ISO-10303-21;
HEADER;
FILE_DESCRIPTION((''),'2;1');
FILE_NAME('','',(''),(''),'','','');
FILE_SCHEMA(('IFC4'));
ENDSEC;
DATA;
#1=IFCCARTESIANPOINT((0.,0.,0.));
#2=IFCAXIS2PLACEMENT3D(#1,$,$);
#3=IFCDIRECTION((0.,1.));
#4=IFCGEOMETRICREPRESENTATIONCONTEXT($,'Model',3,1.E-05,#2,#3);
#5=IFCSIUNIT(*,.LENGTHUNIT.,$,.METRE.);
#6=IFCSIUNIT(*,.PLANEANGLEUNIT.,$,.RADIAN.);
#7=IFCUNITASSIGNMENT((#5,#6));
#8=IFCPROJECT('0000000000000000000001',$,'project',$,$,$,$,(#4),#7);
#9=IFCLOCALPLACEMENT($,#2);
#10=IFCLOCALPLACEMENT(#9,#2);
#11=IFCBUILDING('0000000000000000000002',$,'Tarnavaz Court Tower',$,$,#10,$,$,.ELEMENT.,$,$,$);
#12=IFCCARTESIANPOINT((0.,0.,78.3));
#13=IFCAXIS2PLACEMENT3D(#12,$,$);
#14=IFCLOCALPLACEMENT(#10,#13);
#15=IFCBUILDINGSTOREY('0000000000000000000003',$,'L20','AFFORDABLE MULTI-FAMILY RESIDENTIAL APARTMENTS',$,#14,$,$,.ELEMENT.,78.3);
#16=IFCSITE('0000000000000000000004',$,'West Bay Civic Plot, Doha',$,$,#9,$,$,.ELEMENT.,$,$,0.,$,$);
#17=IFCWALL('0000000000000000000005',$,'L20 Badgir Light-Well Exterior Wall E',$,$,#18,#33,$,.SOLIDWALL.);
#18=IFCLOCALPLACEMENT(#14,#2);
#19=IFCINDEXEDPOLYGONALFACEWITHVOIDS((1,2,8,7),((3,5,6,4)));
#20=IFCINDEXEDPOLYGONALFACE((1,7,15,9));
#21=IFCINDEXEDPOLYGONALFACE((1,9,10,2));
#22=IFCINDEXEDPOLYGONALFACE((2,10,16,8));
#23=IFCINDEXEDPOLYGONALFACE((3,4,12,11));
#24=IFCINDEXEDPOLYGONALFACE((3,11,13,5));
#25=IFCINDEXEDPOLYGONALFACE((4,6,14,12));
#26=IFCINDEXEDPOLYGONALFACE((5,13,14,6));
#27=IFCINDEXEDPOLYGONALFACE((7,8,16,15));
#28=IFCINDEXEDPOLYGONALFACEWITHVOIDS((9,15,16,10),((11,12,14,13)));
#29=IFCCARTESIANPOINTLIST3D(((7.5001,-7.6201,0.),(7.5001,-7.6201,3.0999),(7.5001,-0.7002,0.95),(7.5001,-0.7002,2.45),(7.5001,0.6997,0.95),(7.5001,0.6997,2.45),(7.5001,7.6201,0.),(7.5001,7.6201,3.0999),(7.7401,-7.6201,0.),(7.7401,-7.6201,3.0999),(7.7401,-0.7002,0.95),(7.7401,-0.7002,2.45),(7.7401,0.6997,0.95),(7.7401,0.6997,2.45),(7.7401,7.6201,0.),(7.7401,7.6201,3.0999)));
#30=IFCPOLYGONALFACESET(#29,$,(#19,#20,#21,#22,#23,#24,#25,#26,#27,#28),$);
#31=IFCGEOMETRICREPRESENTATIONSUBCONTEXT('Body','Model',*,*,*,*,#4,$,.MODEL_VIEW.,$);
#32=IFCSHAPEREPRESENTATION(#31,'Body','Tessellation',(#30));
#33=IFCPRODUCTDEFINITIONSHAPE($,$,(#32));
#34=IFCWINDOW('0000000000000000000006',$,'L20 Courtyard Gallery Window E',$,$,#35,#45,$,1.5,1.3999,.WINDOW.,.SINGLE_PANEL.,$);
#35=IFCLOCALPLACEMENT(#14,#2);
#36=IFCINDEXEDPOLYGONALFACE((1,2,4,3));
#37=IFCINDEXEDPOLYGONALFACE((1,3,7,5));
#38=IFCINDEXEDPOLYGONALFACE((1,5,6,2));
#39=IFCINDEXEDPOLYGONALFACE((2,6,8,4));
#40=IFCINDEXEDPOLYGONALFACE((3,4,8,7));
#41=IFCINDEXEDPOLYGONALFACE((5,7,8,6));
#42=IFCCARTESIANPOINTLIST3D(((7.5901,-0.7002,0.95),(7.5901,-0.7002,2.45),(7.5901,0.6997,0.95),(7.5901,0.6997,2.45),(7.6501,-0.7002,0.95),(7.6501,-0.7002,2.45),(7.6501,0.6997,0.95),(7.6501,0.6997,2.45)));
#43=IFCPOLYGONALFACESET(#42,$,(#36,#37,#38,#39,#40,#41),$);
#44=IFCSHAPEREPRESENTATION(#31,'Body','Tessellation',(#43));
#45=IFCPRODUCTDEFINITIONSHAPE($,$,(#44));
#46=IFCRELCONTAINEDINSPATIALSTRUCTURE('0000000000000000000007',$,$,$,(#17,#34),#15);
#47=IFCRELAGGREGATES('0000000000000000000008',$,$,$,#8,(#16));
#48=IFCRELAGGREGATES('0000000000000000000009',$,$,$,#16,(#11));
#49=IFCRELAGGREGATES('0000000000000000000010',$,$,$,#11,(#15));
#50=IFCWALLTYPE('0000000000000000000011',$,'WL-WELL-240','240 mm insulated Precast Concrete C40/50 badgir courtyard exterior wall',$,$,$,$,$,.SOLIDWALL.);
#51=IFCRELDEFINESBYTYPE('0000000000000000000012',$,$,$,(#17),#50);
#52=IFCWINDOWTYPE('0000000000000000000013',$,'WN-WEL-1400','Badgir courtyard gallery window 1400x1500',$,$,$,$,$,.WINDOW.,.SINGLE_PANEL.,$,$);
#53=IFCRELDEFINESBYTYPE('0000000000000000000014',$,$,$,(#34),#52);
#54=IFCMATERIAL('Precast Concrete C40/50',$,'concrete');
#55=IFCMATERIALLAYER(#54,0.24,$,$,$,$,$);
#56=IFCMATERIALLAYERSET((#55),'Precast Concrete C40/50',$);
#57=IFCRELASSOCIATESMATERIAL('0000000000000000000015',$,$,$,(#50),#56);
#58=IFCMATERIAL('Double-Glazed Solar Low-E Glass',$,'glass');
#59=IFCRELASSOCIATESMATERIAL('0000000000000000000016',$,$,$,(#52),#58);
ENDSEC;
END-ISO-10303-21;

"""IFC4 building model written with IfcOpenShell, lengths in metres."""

from ifc_helpers import new_model, si_unit, direction, frame, frame_2d, origin, place, context, subcontext, project, spatial, rectangle, extrude, material, layer, layer_set, type_object, element, fill, save


model = new_model("IFC4")

# Units and contexts
model_context = context("Model", 3, precision=1e-05, world=origin(), true_north=direction((0.0, 1.0)))
body_context = subcontext(model_context, "Body", "Model", "MODEL_VIEW")
ifc_project = project(units=[si_unit("LENGTHUNIT", "METRE"), si_unit("PLANEANGLEUNIT", "RADIAN")], contexts=[model_context])

# Site, building, storey
site_placement = place(None, origin())
site = spatial("IfcSite", under=ifc_project, at=site_placement, Name="West Bay Civic Plot, Doha", CompositionType="ELEMENT", RefElevation=0.0)
building_placement = place(site_placement, origin())
building = spatial("IfcBuilding", under=site, at=building_placement, Name="Tarnavaz Court Tower", CompositionType="ELEMENT")
storey_placement = place(building_placement, frame((0.0, 0.0, 78.3)))
storey = spatial("IfcBuildingStorey", under=building, at=storey_placement, Name="L20", Description="AFFORDABLE MULTI-FAMILY RESIDENTIAL APARTMENTS", CompositionType="ELEMENT", Elevation=78.3)

# Wall, opening, window
ifc_material_1 = material(Name="Precast Concrete C40/50", Category="concrete")
ifc_layer_1 = layer(ifc_material_1, 0.24)
ifc_layer_set_1 = layer_set([ifc_layer_1], Name="Precast Concrete C40/50")
wall_type_1 = type_object("IfcWallType", Name="WL-WELL-240", Description="240 mm insulated Precast Concrete C40/50 badgir courtyard exterior wall", PredefinedType="SOLIDWALL", material=ifc_layer_set_1)
wall_1_placement = place(storey_placement, frame((7.6201, -7.6201, 0.0), z_axis=(0.0, 0.0, 1.0), x_axis=(0.0, 1.0, 0.0)))
wall_1 = element("IfcWall", 1, at=wall_1_placement, inside=storey, type_object=wall_type_1, Name="L20 Badgir Light-Well Exterior Wall E", PredefinedType="SOLIDWALL", context=body_context, shape_type="SweptSolid", body=[
    extrude(rectangle(XDim=15.2402, YDim=0.24, at=frame_2d((7.6201, 0.0))), origin(), (0.0, 0.0, 1.0), 3.0999),
])
opening_1_placement = place(wall_1_placement, frame((6.9199, 0.0, 0.95)))
opening_1 = element("IfcOpeningElement", 2, at=opening_1_placement, cuts=wall_1, PredefinedType="OPENING", context=body_context, shape_type="SweptSolid", body=[
    extrude(rectangle(XDim=1.3999, YDim=1.5, at=frame_2d((0.7, 0.75))), frame((0.0, 0.1299, 0.0), z_axis=(0.0, -1.0, 0.0), x_axis=(1.0, 0.0, 0.0)), (0.0, 0.0, 1.0), 0.26),
])
ifc_material_2 = material(Name="Double-Glazed Solar Low-E Glass", Category="glass")
window_type = type_object("IfcWindowType", Name="WN-WEL-1400", Description="Badgir courtyard gallery window 1400x1500", PartitioningType="SINGLE_PANEL", PredefinedType="WINDOW", material=ifc_material_2)
window_placement = place(opening_1_placement, origin())
window = element("IfcWindow", 3, at=window_placement, inside=storey, type_object=window_type, Name="L20 Courtyard Gallery Window E", OverallHeight=1.5, OverallWidth=1.3999, PartitioningType="SINGLE_PANEL", PredefinedType="WINDOW", context=body_context, shape_type="SweptSolid", body=[
    extrude(rectangle(XDim=1.3999, YDim=1.5, at=frame_2d((0.7, 0.75))), frame((0.0, 0.03, 0.0), z_axis=(0.0, -1.0, 0.0), x_axis=(1.0, 0.0, 0.0)), (0.0, 0.0, 1.0), 0.0601),
])
fill(opening_1, window)

save(model, "model.ifc")
